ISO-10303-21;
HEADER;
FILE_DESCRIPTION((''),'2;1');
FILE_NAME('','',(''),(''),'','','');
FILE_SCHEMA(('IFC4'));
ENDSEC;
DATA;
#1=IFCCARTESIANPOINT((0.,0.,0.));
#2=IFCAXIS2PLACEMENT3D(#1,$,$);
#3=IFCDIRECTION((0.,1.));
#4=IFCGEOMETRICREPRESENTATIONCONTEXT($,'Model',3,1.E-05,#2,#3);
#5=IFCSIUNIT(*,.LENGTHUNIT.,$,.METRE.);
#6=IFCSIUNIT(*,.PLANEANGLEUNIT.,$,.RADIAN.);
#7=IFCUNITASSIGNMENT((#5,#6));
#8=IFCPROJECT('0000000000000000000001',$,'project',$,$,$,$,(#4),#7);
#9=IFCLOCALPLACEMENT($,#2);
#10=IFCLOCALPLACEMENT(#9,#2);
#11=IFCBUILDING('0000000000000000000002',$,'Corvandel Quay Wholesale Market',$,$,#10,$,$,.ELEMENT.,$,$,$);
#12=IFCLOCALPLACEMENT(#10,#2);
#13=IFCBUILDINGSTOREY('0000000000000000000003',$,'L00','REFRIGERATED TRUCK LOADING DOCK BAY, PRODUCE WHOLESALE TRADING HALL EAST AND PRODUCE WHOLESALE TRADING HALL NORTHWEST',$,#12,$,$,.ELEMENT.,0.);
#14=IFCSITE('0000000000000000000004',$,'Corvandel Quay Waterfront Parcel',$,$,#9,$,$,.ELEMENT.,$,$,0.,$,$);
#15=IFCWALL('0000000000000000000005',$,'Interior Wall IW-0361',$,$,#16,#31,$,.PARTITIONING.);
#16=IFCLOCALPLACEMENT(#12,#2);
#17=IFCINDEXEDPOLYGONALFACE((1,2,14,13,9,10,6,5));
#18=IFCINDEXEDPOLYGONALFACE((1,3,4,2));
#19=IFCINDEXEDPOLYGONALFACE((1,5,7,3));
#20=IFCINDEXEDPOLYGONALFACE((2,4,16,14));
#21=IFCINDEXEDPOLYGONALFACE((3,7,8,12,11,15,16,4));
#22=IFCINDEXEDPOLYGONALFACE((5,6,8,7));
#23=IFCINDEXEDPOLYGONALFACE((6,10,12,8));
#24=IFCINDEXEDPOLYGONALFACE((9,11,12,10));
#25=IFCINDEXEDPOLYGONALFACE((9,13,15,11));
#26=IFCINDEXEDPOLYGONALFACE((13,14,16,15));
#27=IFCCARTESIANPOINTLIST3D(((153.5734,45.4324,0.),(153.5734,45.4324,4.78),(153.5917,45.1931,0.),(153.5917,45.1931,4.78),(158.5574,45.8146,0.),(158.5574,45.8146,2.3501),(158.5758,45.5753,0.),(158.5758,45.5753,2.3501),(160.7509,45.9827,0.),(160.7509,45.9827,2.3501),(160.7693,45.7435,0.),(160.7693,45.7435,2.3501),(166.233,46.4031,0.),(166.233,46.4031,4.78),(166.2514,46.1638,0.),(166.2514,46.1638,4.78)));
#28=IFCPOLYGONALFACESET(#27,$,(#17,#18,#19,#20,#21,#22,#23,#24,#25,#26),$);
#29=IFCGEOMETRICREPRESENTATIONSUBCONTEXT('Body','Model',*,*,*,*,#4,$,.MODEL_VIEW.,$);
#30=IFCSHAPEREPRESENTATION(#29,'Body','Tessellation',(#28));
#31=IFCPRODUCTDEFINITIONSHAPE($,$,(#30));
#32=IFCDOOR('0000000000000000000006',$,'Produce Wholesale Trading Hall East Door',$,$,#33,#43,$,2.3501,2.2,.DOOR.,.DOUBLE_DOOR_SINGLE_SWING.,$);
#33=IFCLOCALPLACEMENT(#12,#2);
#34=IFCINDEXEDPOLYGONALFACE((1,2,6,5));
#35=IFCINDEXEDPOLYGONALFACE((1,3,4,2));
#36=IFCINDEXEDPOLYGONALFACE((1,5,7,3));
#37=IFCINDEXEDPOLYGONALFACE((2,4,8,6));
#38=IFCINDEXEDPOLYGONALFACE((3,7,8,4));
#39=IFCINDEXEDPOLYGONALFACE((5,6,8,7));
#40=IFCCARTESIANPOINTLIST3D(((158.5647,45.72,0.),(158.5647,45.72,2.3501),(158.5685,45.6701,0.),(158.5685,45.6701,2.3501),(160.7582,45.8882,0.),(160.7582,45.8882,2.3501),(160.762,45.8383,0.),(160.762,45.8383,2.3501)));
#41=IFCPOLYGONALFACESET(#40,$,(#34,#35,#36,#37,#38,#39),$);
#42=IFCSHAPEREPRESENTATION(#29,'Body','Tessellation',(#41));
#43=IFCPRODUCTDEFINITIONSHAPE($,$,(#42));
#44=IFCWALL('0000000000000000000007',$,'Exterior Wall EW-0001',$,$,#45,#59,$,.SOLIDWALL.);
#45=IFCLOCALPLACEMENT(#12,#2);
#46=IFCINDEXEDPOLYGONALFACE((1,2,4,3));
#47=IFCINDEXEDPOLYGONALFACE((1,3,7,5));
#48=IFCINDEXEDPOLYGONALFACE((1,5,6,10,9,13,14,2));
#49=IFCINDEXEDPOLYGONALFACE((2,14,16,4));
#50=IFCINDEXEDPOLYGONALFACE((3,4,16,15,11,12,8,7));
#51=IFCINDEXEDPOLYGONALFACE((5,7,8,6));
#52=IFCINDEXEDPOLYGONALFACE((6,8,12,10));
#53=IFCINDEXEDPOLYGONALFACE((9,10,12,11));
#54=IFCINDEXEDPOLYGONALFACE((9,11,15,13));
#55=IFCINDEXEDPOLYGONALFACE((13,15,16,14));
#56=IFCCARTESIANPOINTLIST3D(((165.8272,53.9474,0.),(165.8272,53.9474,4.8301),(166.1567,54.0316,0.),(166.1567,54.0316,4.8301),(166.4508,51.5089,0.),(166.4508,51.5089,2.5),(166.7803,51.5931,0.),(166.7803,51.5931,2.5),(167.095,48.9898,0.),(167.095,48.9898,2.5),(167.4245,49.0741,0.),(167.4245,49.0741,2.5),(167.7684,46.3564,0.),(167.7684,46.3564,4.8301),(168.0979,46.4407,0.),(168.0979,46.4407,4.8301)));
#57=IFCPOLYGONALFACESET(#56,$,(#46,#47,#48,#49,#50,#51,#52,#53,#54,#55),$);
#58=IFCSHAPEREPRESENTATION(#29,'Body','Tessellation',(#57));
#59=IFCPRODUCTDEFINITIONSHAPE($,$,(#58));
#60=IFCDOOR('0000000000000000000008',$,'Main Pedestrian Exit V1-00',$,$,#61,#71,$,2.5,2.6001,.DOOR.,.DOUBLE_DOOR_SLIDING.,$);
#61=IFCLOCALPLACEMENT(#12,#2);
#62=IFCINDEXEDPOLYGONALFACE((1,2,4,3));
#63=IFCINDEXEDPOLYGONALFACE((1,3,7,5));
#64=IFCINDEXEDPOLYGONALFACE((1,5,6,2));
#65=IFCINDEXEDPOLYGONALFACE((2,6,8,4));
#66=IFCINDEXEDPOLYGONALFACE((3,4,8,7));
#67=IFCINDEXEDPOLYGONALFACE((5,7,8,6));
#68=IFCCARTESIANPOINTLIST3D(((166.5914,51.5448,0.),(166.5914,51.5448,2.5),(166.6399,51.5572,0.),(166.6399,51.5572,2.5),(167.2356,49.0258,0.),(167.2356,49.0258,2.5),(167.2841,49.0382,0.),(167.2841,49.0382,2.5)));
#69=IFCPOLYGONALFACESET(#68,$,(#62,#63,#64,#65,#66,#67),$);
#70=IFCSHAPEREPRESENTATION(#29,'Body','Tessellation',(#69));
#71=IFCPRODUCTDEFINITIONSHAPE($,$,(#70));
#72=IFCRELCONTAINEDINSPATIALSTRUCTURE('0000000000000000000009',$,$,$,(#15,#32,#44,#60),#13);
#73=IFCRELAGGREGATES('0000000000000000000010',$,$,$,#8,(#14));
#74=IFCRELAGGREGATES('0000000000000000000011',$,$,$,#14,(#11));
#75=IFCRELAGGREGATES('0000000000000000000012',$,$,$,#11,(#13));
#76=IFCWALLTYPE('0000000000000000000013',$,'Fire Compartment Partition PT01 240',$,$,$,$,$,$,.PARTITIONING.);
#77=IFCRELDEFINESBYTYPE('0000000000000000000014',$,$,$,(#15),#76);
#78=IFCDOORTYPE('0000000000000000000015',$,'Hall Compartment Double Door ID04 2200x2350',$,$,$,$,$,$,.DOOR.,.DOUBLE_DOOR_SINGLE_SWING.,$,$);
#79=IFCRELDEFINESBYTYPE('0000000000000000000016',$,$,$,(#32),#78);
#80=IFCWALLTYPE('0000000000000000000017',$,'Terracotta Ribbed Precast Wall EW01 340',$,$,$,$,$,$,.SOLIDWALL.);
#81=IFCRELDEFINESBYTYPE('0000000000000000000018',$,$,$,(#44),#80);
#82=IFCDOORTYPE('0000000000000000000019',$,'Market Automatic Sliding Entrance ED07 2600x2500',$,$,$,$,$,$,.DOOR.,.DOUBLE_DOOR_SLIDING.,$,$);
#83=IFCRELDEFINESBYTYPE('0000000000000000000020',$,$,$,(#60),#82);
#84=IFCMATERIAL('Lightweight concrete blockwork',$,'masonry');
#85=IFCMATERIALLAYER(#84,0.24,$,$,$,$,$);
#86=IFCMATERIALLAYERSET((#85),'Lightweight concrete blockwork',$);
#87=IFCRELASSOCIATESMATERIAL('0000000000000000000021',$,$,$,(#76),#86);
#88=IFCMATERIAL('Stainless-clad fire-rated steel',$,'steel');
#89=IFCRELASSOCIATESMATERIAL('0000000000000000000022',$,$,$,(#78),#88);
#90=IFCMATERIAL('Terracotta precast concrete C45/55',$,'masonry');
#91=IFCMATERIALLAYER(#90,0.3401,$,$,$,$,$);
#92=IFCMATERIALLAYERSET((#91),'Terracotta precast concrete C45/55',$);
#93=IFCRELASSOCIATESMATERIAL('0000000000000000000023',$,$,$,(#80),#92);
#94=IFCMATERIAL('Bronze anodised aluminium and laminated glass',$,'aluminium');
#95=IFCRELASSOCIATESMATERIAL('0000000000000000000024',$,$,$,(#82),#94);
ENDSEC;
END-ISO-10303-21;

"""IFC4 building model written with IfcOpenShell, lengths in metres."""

from ifc_helpers import new_model, si_unit, direction, frame, frame_2d, origin, place, context, subcontext, project, spatial, rectangle, extrude, material, layer, layer_set, type_object, element, fill, save


model = new_model("IFC4")

# Units and contexts
model_context = context("Model", 3, precision=1e-05, world=origin(), true_north=direction((0.0, 1.0)))
body_context = subcontext(model_context, "Body", "Model", "MODEL_VIEW")
ifc_project = project(units=[si_unit("LENGTHUNIT", "METRE"), si_unit("PLANEANGLEUNIT", "RADIAN")], contexts=[model_context])

# Site, building, storey
site_placement = place(None, origin())
site = spatial("IfcSite", under=ifc_project, at=site_placement, Name="Corvandel Quay Waterfront Parcel", CompositionType="ELEMENT", RefElevation=0.0)
building_placement = place(site_placement, origin())
building = spatial("IfcBuilding", under=site, at=building_placement, Name="Corvandel Quay Wholesale Market", CompositionType="ELEMENT")
storey_placement = place(building_placement, origin())
storey = spatial("IfcBuildingStorey", under=building, at=storey_placement, Name="L00", Description="REFRIGERATED TRUCK LOADING DOCK BAY, PRODUCE WHOLESALE TRADING HALL EAST AND PRODUCE WHOLESALE TRADING HALL NORTHWEST", CompositionType="ELEMENT", Elevation=0.0)

# Walls, openings, doors
ifc_material_1 = material(Name="Lightweight concrete blockwork", Category="masonry")
ifc_layer_1 = layer(ifc_material_1, 0.24)
ifc_layer_set_1 = layer_set([ifc_layer_1], Name="Lightweight concrete blockwork")
wall_type_1 = type_object("IfcWallType", Name="Fire Compartment Partition PT01 240", PredefinedType="PARTITIONING", material=ifc_layer_set_1)
wall_1_placement = place(storey_placement, frame((166.2422, 46.2834, 0.0), z_axis=(0.0, 0.0, 1.0), x_axis=(-0.997073, -0.076452, 0.0)))
wall_1 = element("IfcWall", 1, at=wall_1_placement, inside=storey, type_object=wall_type_1, Name="Interior Wall IW-0361", PredefinedType="PARTITIONING", context=body_context, shape_type="SweptSolid", body=[
    extrude(rectangle(XDim=12.6968, YDim=0.24, at=frame_2d((6.3484, 0.0))), origin(), (0.0, 0.0, 1.0), 4.78),
])
opening_1_placement = place(wall_1_placement, frame((5.498, 0.0, 0.0)))
opening_1 = element("IfcOpeningElement", 2, at=opening_1_placement, cuts=wall_1, PredefinedType="OPENING", context=body_context, shape_type="SweptSolid", body=[
    extrude(rectangle(XDim=2.2, YDim=2.3501, at=frame_2d((1.1001, 1.175))), frame((0.0, 0.1299, 0.0), z_axis=(0.0, -1.0, 0.0), x_axis=(1.0, 0.0, 0.0)), (0.0, 0.0, 1.0), 0.26),
])
ifc_material_2 = material(Name="Stainless-clad fire-rated steel", Category="steel")
door_type_1 = type_object("IfcDoorType", Name="Hall Compartment Double Door ID04 2200x2350", OperationType="DOUBLE_DOOR_SINGLE_SWING", PredefinedType="DOOR", material=ifc_material_2)
door_1_placement = place(opening_1_placement, origin())
door_1 = element("IfcDoor", 3, at=door_1_placement, inside=storey, type_object=door_type_1, Name="Produce Wholesale Trading Hall East Door", OperationType="DOUBLE_DOOR_SINGLE_SWING", OverallHeight=2.3501, OverallWidth=2.2, PredefinedType="DOOR", context=body_context, shape_type="SweptSolid", body=[
    extrude(rectangle(XDim=2.2, YDim=2.3501, at=frame_2d((1.1001, 1.175))), frame((0.0, 0.0249, 0.0), z_axis=(0.0, -1.0, 0.0), x_axis=(1.0, 0.0, 0.0)), (0.0, 0.0, 1.0), 0.05),
])
fill(opening_1, door_1)
ifc_material_3 = material(Name="Terracotta precast concrete C45/55", Category="masonry")
ifc_layer_2 = layer(ifc_material_3, 0.3401)
ifc_layer_set_2 = layer_set([ifc_layer_2], Name="Terracotta precast concrete C45/55")
wall_type_2 = type_object("IfcWallType", Name="Terracotta Ribbed Precast Wall EW01 340", PredefinedType="SOLIDWALL", material=ifc_layer_set_2)
wall_2_placement = place(storey_placement, frame((167.9331, 46.3987, 0.0), z_axis=(0.0, 0.0, 1.0), x_axis=(-0.247752, 0.968823, 0.0)))
wall_2 = element("IfcWall", 4, at=wall_2_placement, inside=storey, type_object=wall_type_2, Name="Exterior Wall EW-0001", PredefinedType="SOLIDWALL", context=body_context, shape_type="SweptSolid", body=[
    extrude(rectangle(XDim=7.8352, YDim=0.3401, at=frame_2d((3.9175, 0.0))), origin(), (0.0, 0.0, 1.0), 4.8301),
])
opening_2_placement = place(wall_2_placement, frame((2.718, 0.0, 0.0)))
opening_2 = element("IfcOpeningElement", 5, at=opening_2_placement, cuts=wall_2, PredefinedType="OPENING", context=body_context, shape_type="SweptSolid", body=[
    extrude(rectangle(XDim=2.6001, YDim=2.5, at=frame_2d((1.3, 1.25))), frame((0.0, 0.1799, 0.0), z_axis=(0.0, -1.0, 0.0), x_axis=(1.0, 0.0, 0.0)), (0.0, 0.0, 1.0), 0.3601),
])
ifc_material_4 = material(Name="Bronze anodised aluminium and laminated glass", Category="aluminium")
door_type_2 = type_object("IfcDoorType", Name="Market Automatic Sliding Entrance ED07 2600x2500", OperationType="DOUBLE_DOOR_SLIDING", PredefinedType="DOOR", material=ifc_material_4)
door_2_placement = place(opening_2_placement, origin())
door_2 = element("IfcDoor", 6, at=door_2_placement, inside=storey, type_object=door_type_2, Name="Main Pedestrian Exit V1-00", OperationType="DOUBLE_DOOR_SLIDING", OverallHeight=2.5, OverallWidth=2.6001, PredefinedType="DOOR", context=body_context, shape_type="SweptSolid", body=[
    extrude(rectangle(XDim=2.6001, YDim=2.5, at=frame_2d((1.3, 1.25))), frame((0.0, 0.0249, 0.0), z_axis=(0.0, -1.0, 0.0), x_axis=(1.0, 0.0, 0.0)), (0.0, 0.0, 1.0), 0.05),
])
fill(opening_2, door_2)

save(model, "model.ifc")
